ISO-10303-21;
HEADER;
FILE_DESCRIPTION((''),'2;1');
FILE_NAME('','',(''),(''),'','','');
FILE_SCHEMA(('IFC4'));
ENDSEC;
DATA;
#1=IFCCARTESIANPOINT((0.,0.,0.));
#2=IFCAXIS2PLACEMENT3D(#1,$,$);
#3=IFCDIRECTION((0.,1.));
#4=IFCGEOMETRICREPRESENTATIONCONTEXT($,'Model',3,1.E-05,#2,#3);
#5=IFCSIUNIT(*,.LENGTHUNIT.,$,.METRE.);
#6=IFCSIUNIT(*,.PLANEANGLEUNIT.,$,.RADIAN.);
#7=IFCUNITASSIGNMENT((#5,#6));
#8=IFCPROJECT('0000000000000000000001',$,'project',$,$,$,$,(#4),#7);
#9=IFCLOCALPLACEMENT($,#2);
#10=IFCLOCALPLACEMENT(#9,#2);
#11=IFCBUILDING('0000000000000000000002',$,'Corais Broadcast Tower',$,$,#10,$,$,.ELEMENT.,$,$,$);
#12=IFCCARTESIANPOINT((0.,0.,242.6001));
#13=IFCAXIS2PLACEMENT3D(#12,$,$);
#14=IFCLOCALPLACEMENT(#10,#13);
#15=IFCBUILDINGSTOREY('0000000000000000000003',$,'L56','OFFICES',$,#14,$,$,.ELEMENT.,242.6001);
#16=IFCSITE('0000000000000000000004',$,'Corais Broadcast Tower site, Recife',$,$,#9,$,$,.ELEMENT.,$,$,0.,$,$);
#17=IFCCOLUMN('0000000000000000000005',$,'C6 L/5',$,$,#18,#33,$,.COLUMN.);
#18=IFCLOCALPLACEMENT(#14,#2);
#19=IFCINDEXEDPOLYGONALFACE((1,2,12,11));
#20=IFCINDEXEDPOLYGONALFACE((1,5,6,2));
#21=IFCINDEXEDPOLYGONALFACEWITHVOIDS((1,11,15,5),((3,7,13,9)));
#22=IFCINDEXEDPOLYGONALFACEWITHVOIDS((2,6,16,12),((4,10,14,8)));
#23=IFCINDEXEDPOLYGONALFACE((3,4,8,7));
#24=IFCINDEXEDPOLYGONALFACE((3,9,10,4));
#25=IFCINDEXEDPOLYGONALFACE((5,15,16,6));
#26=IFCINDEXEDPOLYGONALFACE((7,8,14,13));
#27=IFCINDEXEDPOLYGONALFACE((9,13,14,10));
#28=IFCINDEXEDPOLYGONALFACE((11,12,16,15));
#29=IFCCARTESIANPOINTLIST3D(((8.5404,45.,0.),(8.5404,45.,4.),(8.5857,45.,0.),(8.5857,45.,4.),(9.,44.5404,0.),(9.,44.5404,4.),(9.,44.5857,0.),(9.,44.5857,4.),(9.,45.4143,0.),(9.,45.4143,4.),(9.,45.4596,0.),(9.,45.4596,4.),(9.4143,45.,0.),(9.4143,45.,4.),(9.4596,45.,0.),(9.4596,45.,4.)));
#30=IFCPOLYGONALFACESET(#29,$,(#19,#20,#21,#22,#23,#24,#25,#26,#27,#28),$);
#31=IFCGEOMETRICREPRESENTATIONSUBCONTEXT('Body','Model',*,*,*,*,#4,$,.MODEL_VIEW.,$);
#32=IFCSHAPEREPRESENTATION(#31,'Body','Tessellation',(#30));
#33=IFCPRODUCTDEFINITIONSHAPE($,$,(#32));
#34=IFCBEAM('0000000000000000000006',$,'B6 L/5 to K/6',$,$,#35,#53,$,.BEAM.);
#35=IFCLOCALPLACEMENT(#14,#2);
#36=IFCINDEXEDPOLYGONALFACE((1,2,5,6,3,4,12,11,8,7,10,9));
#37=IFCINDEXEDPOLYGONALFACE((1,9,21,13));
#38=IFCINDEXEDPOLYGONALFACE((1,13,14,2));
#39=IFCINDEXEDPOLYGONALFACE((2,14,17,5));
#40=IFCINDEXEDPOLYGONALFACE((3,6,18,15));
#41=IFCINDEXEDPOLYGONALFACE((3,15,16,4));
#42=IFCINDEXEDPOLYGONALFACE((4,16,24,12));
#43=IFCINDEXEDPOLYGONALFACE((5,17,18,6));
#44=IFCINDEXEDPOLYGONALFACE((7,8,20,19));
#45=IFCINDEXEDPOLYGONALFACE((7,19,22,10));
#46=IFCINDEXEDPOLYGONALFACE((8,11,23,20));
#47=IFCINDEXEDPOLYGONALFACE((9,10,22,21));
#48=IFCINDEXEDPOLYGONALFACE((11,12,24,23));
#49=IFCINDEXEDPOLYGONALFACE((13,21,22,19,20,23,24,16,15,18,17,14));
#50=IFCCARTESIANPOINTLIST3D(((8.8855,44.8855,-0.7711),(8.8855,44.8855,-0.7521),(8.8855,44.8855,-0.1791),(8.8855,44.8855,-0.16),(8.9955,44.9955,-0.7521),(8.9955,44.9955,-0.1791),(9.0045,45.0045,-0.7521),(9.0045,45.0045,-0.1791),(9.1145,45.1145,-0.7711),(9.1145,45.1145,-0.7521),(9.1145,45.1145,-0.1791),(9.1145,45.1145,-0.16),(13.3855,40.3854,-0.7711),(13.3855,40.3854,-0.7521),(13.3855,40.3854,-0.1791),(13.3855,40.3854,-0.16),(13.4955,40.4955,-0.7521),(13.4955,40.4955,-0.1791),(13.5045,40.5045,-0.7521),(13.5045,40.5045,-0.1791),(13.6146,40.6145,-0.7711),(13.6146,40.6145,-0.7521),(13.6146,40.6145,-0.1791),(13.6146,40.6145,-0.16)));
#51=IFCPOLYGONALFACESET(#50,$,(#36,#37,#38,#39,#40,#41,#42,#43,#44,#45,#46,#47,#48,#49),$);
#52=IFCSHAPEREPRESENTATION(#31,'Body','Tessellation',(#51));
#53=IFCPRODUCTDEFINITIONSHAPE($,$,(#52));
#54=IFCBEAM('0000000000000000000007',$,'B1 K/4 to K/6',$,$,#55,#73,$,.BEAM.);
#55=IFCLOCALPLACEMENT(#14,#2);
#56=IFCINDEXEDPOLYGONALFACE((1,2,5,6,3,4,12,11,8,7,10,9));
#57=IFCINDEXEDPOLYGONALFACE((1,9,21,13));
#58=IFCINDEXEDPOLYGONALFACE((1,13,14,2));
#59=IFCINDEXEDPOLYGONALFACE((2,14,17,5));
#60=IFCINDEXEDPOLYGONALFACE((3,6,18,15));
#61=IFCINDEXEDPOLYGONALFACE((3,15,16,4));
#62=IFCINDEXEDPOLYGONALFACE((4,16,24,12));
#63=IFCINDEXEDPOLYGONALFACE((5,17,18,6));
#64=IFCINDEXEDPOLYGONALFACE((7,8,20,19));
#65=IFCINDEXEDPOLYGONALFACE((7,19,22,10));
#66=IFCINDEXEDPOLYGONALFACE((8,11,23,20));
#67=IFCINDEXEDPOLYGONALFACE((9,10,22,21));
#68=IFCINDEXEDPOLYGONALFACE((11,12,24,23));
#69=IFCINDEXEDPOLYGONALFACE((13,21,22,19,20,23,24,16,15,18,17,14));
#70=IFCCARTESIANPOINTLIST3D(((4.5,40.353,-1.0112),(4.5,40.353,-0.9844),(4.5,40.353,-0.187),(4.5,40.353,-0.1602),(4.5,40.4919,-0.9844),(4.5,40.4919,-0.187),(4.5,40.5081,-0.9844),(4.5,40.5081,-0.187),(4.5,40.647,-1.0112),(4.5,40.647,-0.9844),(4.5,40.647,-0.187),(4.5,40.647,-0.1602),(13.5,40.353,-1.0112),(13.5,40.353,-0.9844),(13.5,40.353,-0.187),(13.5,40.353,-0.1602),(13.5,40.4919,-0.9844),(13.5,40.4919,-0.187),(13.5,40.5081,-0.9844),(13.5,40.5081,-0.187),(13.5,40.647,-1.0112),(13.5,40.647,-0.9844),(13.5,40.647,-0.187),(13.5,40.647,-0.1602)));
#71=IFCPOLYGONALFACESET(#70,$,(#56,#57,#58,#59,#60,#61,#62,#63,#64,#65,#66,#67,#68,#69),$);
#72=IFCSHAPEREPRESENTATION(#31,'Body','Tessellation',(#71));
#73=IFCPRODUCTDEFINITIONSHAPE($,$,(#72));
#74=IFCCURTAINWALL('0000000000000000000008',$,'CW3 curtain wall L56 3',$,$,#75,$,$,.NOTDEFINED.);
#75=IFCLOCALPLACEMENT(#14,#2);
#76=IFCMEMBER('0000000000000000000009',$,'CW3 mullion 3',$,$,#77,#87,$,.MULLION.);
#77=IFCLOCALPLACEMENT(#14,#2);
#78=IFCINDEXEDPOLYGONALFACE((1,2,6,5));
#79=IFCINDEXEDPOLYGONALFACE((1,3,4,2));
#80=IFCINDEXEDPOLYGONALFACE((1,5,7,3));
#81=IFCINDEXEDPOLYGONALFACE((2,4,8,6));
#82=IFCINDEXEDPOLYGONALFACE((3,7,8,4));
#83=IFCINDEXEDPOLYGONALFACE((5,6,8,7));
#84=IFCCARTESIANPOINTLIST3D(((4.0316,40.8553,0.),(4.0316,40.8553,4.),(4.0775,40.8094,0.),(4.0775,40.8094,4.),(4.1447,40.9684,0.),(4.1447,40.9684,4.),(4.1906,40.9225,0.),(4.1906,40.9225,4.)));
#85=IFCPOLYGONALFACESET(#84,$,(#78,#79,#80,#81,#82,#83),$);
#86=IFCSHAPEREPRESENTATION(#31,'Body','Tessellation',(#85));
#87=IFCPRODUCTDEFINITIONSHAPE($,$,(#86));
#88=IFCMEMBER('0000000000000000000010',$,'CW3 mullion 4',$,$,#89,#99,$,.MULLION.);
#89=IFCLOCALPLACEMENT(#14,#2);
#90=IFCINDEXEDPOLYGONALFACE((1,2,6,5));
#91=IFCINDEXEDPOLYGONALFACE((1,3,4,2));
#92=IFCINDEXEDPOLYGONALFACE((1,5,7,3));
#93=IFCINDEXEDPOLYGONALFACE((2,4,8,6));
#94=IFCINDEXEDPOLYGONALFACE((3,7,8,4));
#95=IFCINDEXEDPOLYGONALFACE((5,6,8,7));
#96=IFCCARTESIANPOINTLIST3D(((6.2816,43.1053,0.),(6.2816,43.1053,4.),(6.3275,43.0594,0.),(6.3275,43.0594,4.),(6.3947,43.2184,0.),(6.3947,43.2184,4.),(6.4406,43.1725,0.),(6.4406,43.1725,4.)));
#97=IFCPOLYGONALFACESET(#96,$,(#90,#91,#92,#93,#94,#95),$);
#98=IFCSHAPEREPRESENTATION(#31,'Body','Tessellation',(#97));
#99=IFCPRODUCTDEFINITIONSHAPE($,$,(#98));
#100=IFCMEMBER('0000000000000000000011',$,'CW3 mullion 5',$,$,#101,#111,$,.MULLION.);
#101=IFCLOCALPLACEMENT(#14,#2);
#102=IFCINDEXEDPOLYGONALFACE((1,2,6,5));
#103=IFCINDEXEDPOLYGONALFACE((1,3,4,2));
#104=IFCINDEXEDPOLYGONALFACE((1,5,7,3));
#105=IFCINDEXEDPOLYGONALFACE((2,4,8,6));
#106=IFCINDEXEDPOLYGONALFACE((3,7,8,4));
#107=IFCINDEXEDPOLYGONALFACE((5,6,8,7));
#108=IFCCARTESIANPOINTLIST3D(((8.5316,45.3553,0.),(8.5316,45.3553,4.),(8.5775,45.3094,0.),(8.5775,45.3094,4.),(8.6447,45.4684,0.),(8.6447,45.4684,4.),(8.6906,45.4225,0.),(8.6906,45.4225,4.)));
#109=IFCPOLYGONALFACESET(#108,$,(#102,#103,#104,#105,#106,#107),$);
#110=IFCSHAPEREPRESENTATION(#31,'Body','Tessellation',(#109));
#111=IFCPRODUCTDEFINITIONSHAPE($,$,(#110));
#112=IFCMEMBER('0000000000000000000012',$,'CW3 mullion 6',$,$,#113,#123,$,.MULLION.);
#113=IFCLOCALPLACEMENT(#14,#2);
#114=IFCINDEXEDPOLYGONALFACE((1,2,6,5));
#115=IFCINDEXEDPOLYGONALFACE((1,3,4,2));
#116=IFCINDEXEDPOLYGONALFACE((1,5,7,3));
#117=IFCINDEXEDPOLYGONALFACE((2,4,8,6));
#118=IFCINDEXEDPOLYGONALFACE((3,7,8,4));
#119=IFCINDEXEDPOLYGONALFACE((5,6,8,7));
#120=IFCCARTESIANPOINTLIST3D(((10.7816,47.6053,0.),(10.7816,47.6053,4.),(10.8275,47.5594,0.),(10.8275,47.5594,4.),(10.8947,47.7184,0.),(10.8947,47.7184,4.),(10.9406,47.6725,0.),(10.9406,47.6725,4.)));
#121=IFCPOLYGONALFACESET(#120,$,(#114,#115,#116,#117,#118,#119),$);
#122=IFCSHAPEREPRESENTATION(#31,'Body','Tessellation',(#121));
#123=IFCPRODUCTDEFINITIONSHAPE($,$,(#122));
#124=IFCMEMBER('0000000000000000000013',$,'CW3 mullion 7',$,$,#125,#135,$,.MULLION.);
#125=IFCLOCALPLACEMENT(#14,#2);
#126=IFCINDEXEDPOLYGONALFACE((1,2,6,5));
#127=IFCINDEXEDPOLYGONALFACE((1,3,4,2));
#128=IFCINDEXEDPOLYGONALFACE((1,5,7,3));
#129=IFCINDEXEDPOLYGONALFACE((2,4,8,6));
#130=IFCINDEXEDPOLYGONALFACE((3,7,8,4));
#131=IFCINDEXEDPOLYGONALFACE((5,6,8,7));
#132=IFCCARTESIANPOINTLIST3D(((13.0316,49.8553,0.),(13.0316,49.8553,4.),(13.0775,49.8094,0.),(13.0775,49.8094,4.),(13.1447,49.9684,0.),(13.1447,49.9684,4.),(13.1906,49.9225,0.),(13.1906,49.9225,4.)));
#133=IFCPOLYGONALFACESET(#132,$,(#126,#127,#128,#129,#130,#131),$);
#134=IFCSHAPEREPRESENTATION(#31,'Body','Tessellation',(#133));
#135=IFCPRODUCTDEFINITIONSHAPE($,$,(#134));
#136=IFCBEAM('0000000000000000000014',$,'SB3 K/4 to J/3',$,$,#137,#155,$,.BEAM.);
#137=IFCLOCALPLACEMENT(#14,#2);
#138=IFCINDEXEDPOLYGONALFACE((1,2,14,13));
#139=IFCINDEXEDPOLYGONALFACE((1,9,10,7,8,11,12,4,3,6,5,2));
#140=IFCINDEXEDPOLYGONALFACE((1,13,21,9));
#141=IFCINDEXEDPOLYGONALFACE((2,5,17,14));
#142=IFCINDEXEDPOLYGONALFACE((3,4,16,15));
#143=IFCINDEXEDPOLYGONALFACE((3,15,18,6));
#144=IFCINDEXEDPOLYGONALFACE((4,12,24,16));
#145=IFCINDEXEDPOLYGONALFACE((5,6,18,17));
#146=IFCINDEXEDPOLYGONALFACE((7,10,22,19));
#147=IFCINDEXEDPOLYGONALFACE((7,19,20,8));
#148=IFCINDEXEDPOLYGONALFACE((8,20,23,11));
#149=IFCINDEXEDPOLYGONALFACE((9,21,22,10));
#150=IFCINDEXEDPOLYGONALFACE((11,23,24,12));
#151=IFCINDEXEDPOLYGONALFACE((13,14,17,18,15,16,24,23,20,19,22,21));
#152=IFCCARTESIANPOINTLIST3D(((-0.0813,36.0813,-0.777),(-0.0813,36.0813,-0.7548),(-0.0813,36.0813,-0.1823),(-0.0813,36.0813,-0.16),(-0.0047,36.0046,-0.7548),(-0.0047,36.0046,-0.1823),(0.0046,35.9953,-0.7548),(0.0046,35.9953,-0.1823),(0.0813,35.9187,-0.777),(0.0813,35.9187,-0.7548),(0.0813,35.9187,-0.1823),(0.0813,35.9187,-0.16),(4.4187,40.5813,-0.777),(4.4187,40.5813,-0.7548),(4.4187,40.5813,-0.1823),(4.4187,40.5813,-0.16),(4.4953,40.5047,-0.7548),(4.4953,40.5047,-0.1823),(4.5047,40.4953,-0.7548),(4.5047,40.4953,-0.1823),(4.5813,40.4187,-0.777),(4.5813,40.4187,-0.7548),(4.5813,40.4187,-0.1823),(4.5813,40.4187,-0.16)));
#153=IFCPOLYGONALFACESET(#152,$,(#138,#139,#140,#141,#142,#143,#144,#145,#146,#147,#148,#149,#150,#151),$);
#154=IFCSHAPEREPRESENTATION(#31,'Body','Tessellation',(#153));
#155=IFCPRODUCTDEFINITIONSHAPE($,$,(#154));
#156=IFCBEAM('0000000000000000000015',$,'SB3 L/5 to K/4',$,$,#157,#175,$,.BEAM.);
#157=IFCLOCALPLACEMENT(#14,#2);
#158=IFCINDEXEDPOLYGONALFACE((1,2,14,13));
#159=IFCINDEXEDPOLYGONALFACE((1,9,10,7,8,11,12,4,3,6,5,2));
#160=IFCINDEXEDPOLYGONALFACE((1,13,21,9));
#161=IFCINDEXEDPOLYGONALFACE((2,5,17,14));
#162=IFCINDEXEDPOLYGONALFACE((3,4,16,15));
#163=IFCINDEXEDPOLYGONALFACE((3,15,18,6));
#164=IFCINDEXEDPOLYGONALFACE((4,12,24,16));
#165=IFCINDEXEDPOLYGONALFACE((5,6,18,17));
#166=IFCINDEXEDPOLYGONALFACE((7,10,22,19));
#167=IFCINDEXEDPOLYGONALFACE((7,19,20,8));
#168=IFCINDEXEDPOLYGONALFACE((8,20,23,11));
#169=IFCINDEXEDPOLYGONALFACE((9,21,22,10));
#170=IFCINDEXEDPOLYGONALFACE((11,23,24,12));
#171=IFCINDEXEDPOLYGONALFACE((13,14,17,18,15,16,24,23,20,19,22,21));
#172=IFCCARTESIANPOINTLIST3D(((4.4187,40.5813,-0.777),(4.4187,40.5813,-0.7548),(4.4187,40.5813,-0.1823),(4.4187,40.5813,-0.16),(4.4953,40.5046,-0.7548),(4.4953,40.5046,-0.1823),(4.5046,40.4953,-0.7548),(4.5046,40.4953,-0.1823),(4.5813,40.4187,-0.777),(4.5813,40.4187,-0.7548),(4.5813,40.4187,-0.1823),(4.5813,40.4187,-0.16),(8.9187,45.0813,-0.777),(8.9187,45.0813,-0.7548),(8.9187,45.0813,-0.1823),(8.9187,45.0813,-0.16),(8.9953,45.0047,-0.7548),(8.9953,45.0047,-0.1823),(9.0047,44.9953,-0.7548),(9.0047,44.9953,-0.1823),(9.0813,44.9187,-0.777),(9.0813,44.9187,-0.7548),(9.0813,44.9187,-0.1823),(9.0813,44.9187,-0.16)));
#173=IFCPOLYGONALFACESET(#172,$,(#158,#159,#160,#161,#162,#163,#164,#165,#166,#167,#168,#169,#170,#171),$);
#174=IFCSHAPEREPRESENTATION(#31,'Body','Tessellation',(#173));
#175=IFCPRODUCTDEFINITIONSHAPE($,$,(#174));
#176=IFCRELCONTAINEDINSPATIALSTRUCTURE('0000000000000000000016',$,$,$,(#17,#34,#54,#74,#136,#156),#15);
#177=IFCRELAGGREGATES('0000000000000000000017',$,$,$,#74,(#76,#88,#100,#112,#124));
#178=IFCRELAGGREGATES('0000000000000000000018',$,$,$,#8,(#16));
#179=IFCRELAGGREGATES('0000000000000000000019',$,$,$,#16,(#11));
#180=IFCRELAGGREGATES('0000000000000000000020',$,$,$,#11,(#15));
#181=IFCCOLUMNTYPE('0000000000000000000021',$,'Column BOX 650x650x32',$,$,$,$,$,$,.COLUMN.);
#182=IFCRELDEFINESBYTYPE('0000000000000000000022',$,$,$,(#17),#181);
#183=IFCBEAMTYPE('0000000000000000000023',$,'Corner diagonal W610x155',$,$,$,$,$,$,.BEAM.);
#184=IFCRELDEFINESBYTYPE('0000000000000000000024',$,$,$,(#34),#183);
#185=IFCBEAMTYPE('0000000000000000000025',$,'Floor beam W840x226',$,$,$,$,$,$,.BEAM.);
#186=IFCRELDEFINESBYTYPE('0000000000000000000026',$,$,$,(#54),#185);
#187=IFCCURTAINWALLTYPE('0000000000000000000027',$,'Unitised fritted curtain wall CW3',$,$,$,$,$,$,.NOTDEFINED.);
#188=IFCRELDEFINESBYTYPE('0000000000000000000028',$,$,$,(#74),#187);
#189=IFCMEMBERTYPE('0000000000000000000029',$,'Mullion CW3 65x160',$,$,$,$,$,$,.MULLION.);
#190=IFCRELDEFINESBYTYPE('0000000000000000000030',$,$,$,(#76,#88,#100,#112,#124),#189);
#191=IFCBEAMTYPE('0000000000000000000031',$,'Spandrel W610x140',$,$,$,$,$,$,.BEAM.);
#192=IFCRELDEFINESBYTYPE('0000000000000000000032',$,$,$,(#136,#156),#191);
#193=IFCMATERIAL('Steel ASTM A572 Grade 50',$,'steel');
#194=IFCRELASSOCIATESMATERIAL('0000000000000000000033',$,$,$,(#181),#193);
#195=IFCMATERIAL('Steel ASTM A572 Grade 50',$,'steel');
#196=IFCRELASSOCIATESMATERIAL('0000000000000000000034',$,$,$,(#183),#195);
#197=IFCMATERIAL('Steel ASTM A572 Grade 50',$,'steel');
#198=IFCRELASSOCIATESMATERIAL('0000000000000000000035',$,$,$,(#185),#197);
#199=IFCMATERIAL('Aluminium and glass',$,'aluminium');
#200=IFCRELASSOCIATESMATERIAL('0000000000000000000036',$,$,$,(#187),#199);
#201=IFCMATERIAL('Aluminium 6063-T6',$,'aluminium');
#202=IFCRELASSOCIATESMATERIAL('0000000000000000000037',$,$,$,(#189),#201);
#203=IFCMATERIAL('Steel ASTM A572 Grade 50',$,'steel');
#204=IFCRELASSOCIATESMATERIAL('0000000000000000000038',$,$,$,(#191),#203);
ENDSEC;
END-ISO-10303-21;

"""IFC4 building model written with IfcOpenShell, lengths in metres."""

from ifc_helpers import new_model, si_unit, direction, frame, origin, origin_2d, place, context, subcontext, project, spatial, rectangle, hollow_rectangle, i_section, extrude, material, material_profile, profile_set, type_object, element, aggregate, save


model = new_model("IFC4")

# Units and contexts
model_context = context("Model", 3, precision=1e-05, world=origin(), true_north=direction((0.0, 1.0)))
body_context = subcontext(model_context, "Body", "Model", "MODEL_VIEW")
ifc_project = project(units=[si_unit("LENGTHUNIT", "METRE"), si_unit("PLANEANGLEUNIT", "RADIAN")], contexts=[model_context])

# Site, building, storey
site_placement = place(None, origin())
site = spatial("IfcSite", under=ifc_project, at=site_placement, Name="Corais Broadcast Tower site, Recife", CompositionType="ELEMENT", RefElevation=0.0)
building_placement = place(site_placement, origin())
building = spatial("IfcBuilding", under=site, at=building_placement, Name="Corais Broadcast Tower", CompositionType="ELEMENT")
storey_placement = place(building_placement, frame((0.0, 0.0, 242.6001)))
storey = spatial("IfcBuildingStorey", under=building, at=storey_placement, Name="L56", Description="OFFICES", CompositionType="ELEMENT", Elevation=242.6001)

# Column
ifc_material_1 = material(Name="Steel ASTM A572 Grade 50", Category="steel")
ifc_material_profile_1 = material_profile(ifc_material_1, hollow_rectangle(XDim=0.6499, YDim=0.6499, WallThickness=0.032, at=origin_2d()), Name="BOX 650x650x32")
ifc_profile_set_1 = profile_set([ifc_material_profile_1], Name="Steel ASTM A572 Grade 50")
column_type = type_object("IfcColumnType", Name="Column BOX 650x650x32", PredefinedType="COLUMN", material=ifc_profile_set_1)
column_placement = place(storey_placement, frame((9.0, 45.0, 0.0), z_axis=(0.0, 0.0, 1.0), x_axis=(0.707107, 0.707107, 0.0)))
element("IfcColumn", 1, at=column_placement, inside=storey, type_object=column_type, Name="C6 L/5", PredefinedType="COLUMN", context=body_context, shape_type="SweptSolid", body=[
    extrude(hollow_rectangle(XDim=0.6499, YDim=0.6499, WallThickness=0.032, at=origin_2d()), origin(), (0.0, 0.0, 1.0), 4.0),
])

# Beams
ifc_material_2 = material(Name="Steel ASTM A572 Grade 50", Category="steel")
ifc_material_profile_2 = material_profile(ifc_material_2, i_section(OverallWidth=0.324, OverallDepth=0.6111, WebThickness=0.0127, FlangeThickness=0.019, at=origin_2d()), Name="W610x155")
ifc_profile_set_2 = profile_set([ifc_material_profile_2], Name="Steel ASTM A572 Grade 50")
beam_type_1 = type_object("IfcBeamType", Name="Corner diagonal W610x155", PredefinedType="BEAM", material=ifc_profile_set_2)
beam_1_placement = place(storey_placement, frame((9.0, 45.0, -0.4656), z_axis=(0.707107, -0.707107, 0.0), x_axis=(0.707107, 0.707107, 0.0)))
element("IfcBeam", 2, at=beam_1_placement, inside=storey, type_object=beam_type_1, Name="B6 L/5 to K/6", PredefinedType="BEAM", context=body_context, shape_type="SweptSolid", body=[
    extrude(i_section(OverallWidth=0.324, OverallDepth=0.6111, WebThickness=0.0127, FlangeThickness=0.019, at=origin_2d()), origin(), (0.0, 0.0, 1.0), 6.364),
])
ifc_material_3 = material(Name="Steel ASTM A572 Grade 50", Category="steel")
ifc_material_profile_3 = material_profile(ifc_material_3, i_section(OverallWidth=0.2939, OverallDepth=0.8511, WebThickness=0.0161, FlangeThickness=0.0269, at=origin_2d()), Name="W840x226")
ifc_profile_set_3 = profile_set([ifc_material_profile_3], Name="Steel ASTM A572 Grade 50")
beam_type_2 = type_object("IfcBeamType", Name="Floor beam W840x226", PredefinedType="BEAM", material=ifc_profile_set_3)
beam_2_placement = place(storey_placement, frame((4.5, 40.5, -0.5857), z_axis=(1.0, 0.0, 0.0), x_axis=(0.0, 1.0, 0.0)))
element("IfcBeam", 3, at=beam_2_placement, inside=storey, type_object=beam_type_2, Name="B1 K/4 to K/6", PredefinedType="BEAM", context=body_context, shape_type="SweptSolid", body=[
    extrude(i_section(OverallWidth=0.2939, OverallDepth=0.8511, WebThickness=0.0161, FlangeThickness=0.0269, at=origin_2d()), origin(), (0.0, 0.0, 1.0), 9.0),
])

# Curtain wall, members
ifc_material_4 = material(Name="Aluminium and glass", Category="aluminium")
curtain_wall_type = type_object("IfcCurtainWallType", Name="Unitised fritted curtain wall CW3", PredefinedType="NOTDEFINED", material=ifc_material_4)
curtain_wall_placement = place(storey_placement, origin())
curtain_wall = element("IfcCurtainWall", 4, at=curtain_wall_placement, inside=storey, type_object=curtain_wall_type, Name="CW3 curtain wall L56 3", PredefinedType="NOTDEFINED")
ifc_material_5 = material(Name="Aluminium 6063-T6", Category="aluminium")
ifc_material_profile_4 = material_profile(ifc_material_5, rectangle(XDim=0.0649, YDim=0.1599, at=origin_2d()), Name="Mullion CW3 65x160")
ifc_profile_set_4 = profile_set([ifc_material_profile_4], Name="Aluminium 6063-T6")
member_type_1 = type_object("IfcMemberType", Name="Mullion CW3 65x160", PredefinedType="MULLION", material=ifc_profile_set_4)
member_1_placement = place(storey_placement, frame((4.1111, 40.8889, 0.0), z_axis=(0.0, 0.0, 1.0), x_axis=(-0.707107, 0.707107, 0.0)))
member_1 = element("IfcMember", 5, at=member_1_placement, type_object=member_type_1, Name="CW3 mullion 3", PredefinedType="MULLION", context=body_context, shape_type="SweptSolid", body=[
    extrude(rectangle(XDim=0.0649, YDim=0.1599, at=origin_2d()), origin(), (0.0, 0.0, 1.0), 4.0),
])
member_2_placement = place(storey_placement, frame((6.3611, 43.1389, 0.0), z_axis=(0.0, 0.0, 1.0), x_axis=(-0.707107, 0.707107, 0.0)))
member_2 = element("IfcMember", 6, at=member_2_placement, type_object=member_type_1, Name="CW3 mullion 4", PredefinedType="MULLION", context=body_context, shape_type="SweptSolid", body=[
    extrude(rectangle(XDim=0.0649, YDim=0.1599, at=origin_2d()), origin(), (0.0, 0.0, 1.0), 4.0),
])
member_3_placement = place(storey_placement, frame((8.6111, 45.3889, 0.0), z_axis=(0.0, 0.0, 1.0), x_axis=(-0.707107, 0.707107, 0.0)))
member_3 = element("IfcMember", 7, at=member_3_placement, type_object=member_type_1, Name="CW3 mullion 5", PredefinedType="MULLION", context=body_context, shape_type="SweptSolid", body=[
    extrude(rectangle(XDim=0.0649, YDim=0.1599, at=origin_2d()), origin(), (0.0, 0.0, 1.0), 4.0),
])
member_4_placement = place(storey_placement, frame((10.8611, 47.6389, 0.0), z_axis=(0.0, 0.0, 1.0), x_axis=(-0.707107, 0.707107, 0.0)))
member_4 = element("IfcMember", 8, at=member_4_placement, type_object=member_type_1, Name="CW3 mullion 6", PredefinedType="MULLION", context=body_context, shape_type="SweptSolid", body=[
    extrude(rectangle(XDim=0.0649, YDim=0.1599, at=origin_2d()), origin(), (0.0, 0.0, 1.0), 4.0),
])
member_5_placement = place(storey_placement, frame((13.1111, 49.8889, 0.0), z_axis=(0.0, 0.0, 1.0), x_axis=(-0.707107, 0.707107, 0.0)))
member_5 = element("IfcMember", 9, at=member_5_placement, type_object=member_type_1, Name="CW3 mullion 7", PredefinedType="MULLION", context=body_context, shape_type="SweptSolid", body=[
    extrude(rectangle(XDim=0.0649, YDim=0.1599, at=origin_2d()), origin(), (0.0, 0.0, 1.0), 4.0),
])

# Beams
ifc_material_6 = material(Name="Steel ASTM A572 Grade 50", Category="steel")
ifc_material_profile_5 = material_profile(ifc_material_6, i_section(OverallWidth=0.23, OverallDepth=0.6169, WebThickness=0.0132, FlangeThickness=0.0222, at=origin_2d()), Name="W610x140")
ifc_profile_set_5 = profile_set([ifc_material_profile_5], Name="Steel ASTM A572 Grade 50")
beam_type_3 = type_object("IfcBeamType", Name="Spandrel W610x140", PredefinedType="BEAM", material=ifc_profile_set_5)
for number, where, z_axis, x_axis, name in (
    (10, (4.5, 40.5, -0.4685), (-0.707107, -0.707107, 0.0), (0.707107, -0.707107, 0.0), "SB3 K/4 to J/3"),
    (11, (9.0, 45.0, -0.4685), (-0.707107, -0.707107, 0.0), (0.707107, -0.707107, 0.0), "SB3 L/5 to K/4"),
):
    element("IfcBeam", number, at=place(storey_placement, frame(where, z_axis=z_axis, x_axis=x_axis)), inside=storey, type_object=beam_type_3, Name=name, PredefinedType="BEAM", context=body_context, shape_type="SweptSolid", body=[
        extrude(i_section(OverallWidth=0.23, OverallDepth=0.6169, WebThickness=0.0132, FlangeThickness=0.0222, at=origin_2d()), origin(), (0.0, 0.0, 1.0), 6.364),
    ])

aggregate(curtain_wall, [member_1, member_2, member_3, member_4, member_5])

save(model, "model.ifc")
